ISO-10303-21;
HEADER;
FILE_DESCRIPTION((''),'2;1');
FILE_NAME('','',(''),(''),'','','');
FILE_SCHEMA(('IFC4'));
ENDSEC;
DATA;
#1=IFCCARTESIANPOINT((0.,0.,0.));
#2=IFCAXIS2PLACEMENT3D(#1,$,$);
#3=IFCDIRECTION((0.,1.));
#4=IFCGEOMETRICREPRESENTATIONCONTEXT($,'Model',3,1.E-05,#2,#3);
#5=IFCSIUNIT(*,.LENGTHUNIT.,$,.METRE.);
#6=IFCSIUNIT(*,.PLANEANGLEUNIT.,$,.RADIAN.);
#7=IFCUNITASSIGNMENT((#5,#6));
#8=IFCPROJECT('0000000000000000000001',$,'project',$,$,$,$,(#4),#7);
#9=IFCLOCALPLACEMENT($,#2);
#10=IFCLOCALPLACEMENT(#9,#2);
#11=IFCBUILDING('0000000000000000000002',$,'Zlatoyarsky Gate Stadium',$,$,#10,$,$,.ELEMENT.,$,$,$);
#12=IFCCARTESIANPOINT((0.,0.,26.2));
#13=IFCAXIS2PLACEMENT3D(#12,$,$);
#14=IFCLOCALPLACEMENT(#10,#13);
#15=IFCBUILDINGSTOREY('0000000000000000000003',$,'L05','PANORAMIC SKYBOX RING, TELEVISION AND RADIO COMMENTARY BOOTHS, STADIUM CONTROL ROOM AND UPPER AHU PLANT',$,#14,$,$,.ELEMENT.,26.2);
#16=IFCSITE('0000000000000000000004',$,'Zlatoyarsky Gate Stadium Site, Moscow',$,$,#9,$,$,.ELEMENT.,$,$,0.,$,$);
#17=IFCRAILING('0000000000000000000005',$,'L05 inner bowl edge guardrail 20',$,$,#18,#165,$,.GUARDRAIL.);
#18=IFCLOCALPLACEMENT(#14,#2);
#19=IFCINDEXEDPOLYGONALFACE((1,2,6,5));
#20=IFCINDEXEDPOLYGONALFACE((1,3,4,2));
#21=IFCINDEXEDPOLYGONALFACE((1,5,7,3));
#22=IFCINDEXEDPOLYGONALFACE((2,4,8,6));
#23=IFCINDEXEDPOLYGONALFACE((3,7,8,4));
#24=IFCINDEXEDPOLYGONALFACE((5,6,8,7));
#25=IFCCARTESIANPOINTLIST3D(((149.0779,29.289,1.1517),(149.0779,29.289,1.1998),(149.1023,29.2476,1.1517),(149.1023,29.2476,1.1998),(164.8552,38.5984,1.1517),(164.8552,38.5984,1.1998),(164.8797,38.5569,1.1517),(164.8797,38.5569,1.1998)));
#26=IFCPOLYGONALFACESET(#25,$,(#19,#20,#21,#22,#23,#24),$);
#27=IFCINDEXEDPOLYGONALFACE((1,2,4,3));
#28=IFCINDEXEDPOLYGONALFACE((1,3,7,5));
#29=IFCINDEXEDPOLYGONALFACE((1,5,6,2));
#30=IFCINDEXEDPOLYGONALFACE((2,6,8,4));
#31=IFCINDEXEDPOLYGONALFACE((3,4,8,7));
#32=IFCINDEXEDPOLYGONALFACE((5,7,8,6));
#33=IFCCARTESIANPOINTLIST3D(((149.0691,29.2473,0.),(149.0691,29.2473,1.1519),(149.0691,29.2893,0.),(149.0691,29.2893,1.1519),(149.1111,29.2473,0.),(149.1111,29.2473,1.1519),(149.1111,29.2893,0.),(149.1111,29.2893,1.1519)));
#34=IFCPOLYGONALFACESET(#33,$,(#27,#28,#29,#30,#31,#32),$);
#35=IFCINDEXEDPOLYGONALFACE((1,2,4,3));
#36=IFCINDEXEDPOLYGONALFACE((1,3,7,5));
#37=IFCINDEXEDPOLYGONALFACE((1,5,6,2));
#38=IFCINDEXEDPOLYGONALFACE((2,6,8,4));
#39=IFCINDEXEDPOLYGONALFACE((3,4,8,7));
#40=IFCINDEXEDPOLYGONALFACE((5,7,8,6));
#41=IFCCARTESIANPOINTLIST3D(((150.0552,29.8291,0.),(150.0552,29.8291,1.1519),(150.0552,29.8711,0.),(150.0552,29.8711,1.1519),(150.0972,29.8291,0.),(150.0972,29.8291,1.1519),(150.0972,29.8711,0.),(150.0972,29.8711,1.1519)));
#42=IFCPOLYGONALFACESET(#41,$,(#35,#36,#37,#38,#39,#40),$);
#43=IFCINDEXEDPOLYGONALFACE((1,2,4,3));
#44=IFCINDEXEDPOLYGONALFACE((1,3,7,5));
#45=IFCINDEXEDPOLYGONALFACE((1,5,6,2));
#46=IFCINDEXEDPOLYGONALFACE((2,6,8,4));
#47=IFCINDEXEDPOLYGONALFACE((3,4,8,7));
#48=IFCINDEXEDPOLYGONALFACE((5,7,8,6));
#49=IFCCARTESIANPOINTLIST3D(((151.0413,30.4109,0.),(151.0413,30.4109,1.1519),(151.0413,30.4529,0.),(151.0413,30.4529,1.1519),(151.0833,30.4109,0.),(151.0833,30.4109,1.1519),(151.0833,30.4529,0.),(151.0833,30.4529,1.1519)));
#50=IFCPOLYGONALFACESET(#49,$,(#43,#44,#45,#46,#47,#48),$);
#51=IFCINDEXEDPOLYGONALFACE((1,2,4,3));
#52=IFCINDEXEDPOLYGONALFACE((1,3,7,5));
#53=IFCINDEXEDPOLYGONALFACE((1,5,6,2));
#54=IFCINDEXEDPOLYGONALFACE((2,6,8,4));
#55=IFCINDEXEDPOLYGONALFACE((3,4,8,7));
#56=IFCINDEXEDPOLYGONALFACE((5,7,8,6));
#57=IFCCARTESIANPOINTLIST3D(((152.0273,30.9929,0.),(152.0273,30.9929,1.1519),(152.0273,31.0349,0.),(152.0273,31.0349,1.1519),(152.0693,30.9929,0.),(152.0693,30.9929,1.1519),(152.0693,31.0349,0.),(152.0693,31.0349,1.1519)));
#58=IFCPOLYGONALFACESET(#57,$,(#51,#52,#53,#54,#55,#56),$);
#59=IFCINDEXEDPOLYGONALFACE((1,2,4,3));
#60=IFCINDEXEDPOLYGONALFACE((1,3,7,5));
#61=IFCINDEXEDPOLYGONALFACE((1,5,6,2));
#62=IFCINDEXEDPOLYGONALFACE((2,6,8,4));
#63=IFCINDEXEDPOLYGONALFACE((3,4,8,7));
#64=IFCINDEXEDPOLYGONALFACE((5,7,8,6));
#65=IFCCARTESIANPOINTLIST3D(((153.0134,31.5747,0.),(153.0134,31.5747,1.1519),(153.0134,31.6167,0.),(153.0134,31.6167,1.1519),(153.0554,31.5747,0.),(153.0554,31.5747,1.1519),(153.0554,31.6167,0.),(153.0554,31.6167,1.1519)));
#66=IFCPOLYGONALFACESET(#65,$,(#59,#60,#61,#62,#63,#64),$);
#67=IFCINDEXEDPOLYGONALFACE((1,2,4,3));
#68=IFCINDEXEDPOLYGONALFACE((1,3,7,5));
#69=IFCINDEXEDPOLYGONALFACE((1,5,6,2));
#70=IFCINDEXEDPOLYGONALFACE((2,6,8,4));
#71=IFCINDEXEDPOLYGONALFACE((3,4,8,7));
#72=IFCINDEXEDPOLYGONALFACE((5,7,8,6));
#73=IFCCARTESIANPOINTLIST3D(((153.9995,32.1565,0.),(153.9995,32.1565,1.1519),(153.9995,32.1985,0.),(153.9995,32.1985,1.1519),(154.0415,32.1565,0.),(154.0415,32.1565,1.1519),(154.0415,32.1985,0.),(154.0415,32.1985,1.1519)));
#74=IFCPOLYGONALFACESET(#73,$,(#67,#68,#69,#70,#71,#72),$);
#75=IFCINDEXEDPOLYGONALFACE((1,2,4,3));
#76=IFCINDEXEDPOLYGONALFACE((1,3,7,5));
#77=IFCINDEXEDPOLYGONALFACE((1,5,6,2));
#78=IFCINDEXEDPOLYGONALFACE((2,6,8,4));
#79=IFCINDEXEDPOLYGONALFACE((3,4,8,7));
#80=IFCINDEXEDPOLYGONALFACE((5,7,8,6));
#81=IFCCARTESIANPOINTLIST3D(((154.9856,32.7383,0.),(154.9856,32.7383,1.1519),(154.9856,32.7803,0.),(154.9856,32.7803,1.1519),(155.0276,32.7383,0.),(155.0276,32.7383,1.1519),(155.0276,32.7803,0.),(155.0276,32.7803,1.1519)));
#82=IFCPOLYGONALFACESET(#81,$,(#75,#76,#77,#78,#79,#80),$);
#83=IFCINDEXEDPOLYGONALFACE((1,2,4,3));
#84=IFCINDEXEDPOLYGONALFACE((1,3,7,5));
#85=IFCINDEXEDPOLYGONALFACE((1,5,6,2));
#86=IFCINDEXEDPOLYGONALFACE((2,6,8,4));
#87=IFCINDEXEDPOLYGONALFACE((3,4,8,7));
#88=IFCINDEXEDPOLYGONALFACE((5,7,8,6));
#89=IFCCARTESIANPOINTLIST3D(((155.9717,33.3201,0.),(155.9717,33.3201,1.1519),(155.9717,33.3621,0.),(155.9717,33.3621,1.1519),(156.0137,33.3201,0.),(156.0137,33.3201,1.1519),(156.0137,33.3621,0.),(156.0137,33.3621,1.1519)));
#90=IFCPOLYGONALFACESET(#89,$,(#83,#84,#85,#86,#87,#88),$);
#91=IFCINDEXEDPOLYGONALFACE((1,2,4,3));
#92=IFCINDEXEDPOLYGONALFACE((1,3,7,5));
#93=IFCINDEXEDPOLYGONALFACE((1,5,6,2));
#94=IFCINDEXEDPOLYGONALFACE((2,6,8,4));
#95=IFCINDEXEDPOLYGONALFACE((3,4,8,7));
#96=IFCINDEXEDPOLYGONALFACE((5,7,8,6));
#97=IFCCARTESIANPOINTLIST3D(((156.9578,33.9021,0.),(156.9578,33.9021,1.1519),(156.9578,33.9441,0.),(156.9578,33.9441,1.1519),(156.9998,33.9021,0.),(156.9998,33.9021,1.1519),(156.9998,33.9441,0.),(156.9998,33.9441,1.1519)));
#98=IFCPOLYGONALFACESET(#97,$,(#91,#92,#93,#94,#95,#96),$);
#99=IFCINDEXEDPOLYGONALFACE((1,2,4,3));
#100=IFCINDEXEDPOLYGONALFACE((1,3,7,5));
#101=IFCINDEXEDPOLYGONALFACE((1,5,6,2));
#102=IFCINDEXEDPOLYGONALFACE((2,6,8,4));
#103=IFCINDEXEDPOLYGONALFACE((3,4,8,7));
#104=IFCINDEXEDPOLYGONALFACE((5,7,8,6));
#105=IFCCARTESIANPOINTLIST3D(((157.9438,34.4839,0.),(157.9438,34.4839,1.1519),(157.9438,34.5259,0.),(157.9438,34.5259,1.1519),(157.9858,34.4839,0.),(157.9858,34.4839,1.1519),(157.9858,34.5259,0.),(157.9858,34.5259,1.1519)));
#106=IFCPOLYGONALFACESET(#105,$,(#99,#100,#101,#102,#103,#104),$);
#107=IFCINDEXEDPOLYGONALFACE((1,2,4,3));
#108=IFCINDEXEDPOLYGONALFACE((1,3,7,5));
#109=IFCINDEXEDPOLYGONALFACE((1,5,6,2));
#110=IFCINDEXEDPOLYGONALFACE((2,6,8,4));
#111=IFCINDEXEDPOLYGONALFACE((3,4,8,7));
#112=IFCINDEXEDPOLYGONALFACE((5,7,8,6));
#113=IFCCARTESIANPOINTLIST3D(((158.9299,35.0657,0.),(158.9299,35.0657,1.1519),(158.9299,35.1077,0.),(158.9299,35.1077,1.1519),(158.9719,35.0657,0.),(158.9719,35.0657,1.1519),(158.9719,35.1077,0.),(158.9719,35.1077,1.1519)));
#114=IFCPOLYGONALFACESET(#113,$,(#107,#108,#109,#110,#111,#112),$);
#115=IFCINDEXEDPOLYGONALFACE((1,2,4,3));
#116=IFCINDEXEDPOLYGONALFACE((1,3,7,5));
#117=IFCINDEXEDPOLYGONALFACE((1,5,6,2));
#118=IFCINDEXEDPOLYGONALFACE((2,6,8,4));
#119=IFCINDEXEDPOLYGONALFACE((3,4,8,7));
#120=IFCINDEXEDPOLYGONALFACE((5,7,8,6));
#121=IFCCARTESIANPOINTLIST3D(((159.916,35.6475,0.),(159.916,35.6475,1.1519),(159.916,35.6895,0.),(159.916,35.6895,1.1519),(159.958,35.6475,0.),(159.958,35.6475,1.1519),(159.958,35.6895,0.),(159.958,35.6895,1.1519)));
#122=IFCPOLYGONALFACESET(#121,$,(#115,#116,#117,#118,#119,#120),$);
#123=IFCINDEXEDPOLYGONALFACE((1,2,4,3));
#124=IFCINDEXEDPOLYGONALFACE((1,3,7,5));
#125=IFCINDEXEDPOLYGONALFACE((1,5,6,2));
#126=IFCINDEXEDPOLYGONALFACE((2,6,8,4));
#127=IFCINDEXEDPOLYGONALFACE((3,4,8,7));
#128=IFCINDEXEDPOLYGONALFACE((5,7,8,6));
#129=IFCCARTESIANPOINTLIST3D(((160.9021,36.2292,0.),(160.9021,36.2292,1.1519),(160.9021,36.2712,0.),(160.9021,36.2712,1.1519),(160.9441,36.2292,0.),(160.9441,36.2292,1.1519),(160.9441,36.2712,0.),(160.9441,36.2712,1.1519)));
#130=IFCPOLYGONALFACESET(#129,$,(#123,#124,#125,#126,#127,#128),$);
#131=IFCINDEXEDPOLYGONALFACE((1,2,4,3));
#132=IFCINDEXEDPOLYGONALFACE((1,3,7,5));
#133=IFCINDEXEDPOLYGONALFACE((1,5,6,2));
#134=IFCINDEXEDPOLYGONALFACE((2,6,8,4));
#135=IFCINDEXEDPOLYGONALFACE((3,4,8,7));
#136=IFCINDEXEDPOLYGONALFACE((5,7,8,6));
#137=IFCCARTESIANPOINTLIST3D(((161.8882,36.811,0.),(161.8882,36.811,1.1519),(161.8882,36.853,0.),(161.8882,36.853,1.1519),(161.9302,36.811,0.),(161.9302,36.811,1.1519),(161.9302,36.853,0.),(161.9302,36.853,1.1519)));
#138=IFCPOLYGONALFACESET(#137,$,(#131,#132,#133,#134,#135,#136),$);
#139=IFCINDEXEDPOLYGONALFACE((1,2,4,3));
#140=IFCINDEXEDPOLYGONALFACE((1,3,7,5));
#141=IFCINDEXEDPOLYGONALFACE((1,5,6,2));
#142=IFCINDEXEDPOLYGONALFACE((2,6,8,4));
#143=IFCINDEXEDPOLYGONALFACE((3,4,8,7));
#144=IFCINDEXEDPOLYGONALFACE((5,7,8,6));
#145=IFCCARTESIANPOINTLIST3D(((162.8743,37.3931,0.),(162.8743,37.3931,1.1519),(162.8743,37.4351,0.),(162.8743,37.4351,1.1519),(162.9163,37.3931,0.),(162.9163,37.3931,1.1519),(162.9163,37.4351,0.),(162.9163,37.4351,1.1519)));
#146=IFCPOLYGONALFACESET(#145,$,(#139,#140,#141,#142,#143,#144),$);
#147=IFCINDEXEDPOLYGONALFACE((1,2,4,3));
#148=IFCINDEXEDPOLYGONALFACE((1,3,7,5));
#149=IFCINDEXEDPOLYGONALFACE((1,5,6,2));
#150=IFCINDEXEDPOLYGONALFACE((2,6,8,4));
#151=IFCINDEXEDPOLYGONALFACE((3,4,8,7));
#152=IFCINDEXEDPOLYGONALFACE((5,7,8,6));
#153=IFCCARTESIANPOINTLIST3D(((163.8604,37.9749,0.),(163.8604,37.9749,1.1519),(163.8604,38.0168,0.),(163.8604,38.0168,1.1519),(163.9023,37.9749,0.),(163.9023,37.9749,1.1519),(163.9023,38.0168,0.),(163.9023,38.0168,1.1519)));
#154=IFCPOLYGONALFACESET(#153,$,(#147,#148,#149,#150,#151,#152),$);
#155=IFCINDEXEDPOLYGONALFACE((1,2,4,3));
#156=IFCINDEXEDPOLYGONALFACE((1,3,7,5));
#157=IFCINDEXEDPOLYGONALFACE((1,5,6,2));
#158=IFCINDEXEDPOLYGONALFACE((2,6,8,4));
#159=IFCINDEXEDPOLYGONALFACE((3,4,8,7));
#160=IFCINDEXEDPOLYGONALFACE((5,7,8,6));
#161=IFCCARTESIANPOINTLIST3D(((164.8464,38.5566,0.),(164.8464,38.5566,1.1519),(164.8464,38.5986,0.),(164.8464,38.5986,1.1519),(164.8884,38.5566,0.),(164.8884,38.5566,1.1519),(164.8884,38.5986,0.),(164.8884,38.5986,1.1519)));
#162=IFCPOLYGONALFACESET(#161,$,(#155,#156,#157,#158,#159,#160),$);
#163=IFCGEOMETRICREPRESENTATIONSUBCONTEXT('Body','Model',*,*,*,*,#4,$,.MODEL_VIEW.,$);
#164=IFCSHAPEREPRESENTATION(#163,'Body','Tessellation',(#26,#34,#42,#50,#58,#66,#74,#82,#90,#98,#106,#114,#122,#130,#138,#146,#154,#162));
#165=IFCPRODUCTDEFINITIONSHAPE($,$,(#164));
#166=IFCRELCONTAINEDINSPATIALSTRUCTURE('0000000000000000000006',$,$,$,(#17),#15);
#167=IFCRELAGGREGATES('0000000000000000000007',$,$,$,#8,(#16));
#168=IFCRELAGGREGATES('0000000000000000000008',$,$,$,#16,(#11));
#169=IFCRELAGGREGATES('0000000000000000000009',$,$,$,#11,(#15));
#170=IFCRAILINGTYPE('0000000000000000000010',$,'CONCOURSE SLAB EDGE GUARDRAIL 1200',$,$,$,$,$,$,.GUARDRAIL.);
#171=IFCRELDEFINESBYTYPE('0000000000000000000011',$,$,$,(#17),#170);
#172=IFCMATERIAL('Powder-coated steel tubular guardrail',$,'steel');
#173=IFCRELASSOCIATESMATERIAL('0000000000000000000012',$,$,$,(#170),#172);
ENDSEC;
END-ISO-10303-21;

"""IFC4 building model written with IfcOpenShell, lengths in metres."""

from ifc_helpers import new_model, si_unit, direction, frame, origin, origin_2d, place, context, subcontext, project, spatial, rectangle, extrude, material, type_object, element, save


model = new_model("IFC4")

# Units and contexts
model_context = context("Model", 3, precision=1e-05, world=origin(), true_north=direction((0.0, 1.0)))
body_context = subcontext(model_context, "Body", "Model", "MODEL_VIEW")
ifc_project = project(units=[si_unit("LENGTHUNIT", "METRE"), si_unit("PLANEANGLEUNIT", "RADIAN")], contexts=[model_context])

# Site, building, storey
site_placement = place(None, origin())
site = spatial("IfcSite", under=ifc_project, at=site_placement, Name="Zlatoyarsky Gate Stadium Site, Moscow", CompositionType="ELEMENT", RefElevation=0.0)
building_placement = place(site_placement, origin())
building = spatial("IfcBuilding", under=site, at=building_placement, Name="Zlatoyarsky Gate Stadium", CompositionType="ELEMENT")
storey_placement = place(building_placement, frame((0.0, 0.0, 26.2)))
storey = spatial("IfcBuildingStorey", under=building, at=storey_placement, Name="L05", Description="PANORAMIC SKYBOX RING, TELEVISION AND RADIO COMMENTARY BOOTHS, STADIUM CONTROL ROOM AND UPPER AHU PLANT", CompositionType="ELEMENT", Elevation=26.2)

# Railing
ifc_material_1 = material(Name="Powder-coated steel tubular guardrail", Category="steel")
railing_type_1 = type_object("IfcRailingType", Name="CONCOURSE SLAB EDGE GUARDRAIL 1200", PredefinedType="GUARDRAIL", material=ifc_material_1)
railing_1_placement = place(storey_placement, frame((149.0901, 29.2683, 0.0)))
element("IfcRailing", 1, at=railing_1_placement, inside=storey, type_object=railing_type_1, Name="L05 inner bowl edge guardrail 20", PredefinedType="GUARDRAIL", context=body_context, shape_type="SweptSolid", body=[
    extrude(rectangle(XDim=0.0481, YDim=0.0481, at=origin_2d()), frame((0.0, 0.0, 1.1758), z_axis=(0.861253, 0.508177, 0.0), x_axis=(-0.508177, 0.861253, 0.0)), (0.0, 0.0, 1.0), 18.3191),
    extrude(rectangle(XDim=0.042, YDim=0.042, at=origin_2d()), origin(), (0.0, 0.0, 1.0), 1.1519),
    extrude(rectangle(XDim=0.042, YDim=0.042, at=origin_2d()), frame((0.9861, 0.5818, 0.0)), (0.0, 0.0, 1.0), 1.1519),
    extrude(rectangle(XDim=0.042, YDim=0.042, at=origin_2d()), frame((1.9722, 1.1636, 0.0)), (0.0, 0.0, 1.0), 1.1519),
    extrude(rectangle(XDim=0.042, YDim=0.042, at=origin_2d()), frame((2.9583, 1.7456, 0.0)), (0.0, 0.0, 1.0), 1.1519),
    extrude(rectangle(XDim=0.042, YDim=0.042, at=origin_2d()), frame((3.9443, 2.3274, 0.0)), (0.0, 0.0, 1.0), 1.1519),
    extrude(rectangle(XDim=0.042, YDim=0.042, at=origin_2d()), frame((4.9304, 2.9092, 0.0)), (0.0, 0.0, 1.0), 1.1519),
    extrude(rectangle(XDim=0.042, YDim=0.042, at=origin_2d()), frame((5.9165, 3.491, 0.0)), (0.0, 0.0, 1.0), 1.1519),
    extrude(rectangle(XDim=0.042, YDim=0.042, at=origin_2d()), frame((6.9026, 4.0728, 0.0)), (0.0, 0.0, 1.0), 1.1519),
    extrude(rectangle(XDim=0.042, YDim=0.042, at=origin_2d()), frame((7.8887, 4.6548, 0.0)), (0.0, 0.0, 1.0), 1.1519),
    extrude(rectangle(XDim=0.042, YDim=0.042, at=origin_2d()), frame((8.8748, 5.2366, 0.0)), (0.0, 0.0, 1.0), 1.1519),
    extrude(rectangle(XDim=0.042, YDim=0.042, at=origin_2d()), frame((9.8608, 5.8184, 0.0)), (0.0, 0.0, 1.0), 1.1519),
    extrude(rectangle(XDim=0.042, YDim=0.042, at=origin_2d()), frame((10.8469, 6.4001, 0.0)), (0.0, 0.0, 1.0), 1.1519),
    extrude(rectangle(XDim=0.042, YDim=0.042, at=origin_2d()), frame((11.833, 6.9819, 0.0)), (0.0, 0.0, 1.0), 1.1519),
    extrude(rectangle(XDim=0.042, YDim=0.042, at=origin_2d()), frame((12.8191, 7.5637, 0.0)), (0.0, 0.0, 1.0), 1.1519),
    extrude(rectangle(XDim=0.042, YDim=0.042, at=origin_2d()), frame((13.8052, 8.1458, 0.0)), (0.0, 0.0, 1.0), 1.1519),
    extrude(rectangle(XDim=0.042, YDim=0.042, at=origin_2d()), frame((14.7913, 8.7275, 0.0)), (0.0, 0.0, 1.0), 1.1519),
    extrude(rectangle(XDim=0.042, YDim=0.042, at=origin_2d()), frame((15.7773, 9.3093, 0.0)), (0.0, 0.0, 1.0), 1.1519),
])

save(model, "model.ifc")
